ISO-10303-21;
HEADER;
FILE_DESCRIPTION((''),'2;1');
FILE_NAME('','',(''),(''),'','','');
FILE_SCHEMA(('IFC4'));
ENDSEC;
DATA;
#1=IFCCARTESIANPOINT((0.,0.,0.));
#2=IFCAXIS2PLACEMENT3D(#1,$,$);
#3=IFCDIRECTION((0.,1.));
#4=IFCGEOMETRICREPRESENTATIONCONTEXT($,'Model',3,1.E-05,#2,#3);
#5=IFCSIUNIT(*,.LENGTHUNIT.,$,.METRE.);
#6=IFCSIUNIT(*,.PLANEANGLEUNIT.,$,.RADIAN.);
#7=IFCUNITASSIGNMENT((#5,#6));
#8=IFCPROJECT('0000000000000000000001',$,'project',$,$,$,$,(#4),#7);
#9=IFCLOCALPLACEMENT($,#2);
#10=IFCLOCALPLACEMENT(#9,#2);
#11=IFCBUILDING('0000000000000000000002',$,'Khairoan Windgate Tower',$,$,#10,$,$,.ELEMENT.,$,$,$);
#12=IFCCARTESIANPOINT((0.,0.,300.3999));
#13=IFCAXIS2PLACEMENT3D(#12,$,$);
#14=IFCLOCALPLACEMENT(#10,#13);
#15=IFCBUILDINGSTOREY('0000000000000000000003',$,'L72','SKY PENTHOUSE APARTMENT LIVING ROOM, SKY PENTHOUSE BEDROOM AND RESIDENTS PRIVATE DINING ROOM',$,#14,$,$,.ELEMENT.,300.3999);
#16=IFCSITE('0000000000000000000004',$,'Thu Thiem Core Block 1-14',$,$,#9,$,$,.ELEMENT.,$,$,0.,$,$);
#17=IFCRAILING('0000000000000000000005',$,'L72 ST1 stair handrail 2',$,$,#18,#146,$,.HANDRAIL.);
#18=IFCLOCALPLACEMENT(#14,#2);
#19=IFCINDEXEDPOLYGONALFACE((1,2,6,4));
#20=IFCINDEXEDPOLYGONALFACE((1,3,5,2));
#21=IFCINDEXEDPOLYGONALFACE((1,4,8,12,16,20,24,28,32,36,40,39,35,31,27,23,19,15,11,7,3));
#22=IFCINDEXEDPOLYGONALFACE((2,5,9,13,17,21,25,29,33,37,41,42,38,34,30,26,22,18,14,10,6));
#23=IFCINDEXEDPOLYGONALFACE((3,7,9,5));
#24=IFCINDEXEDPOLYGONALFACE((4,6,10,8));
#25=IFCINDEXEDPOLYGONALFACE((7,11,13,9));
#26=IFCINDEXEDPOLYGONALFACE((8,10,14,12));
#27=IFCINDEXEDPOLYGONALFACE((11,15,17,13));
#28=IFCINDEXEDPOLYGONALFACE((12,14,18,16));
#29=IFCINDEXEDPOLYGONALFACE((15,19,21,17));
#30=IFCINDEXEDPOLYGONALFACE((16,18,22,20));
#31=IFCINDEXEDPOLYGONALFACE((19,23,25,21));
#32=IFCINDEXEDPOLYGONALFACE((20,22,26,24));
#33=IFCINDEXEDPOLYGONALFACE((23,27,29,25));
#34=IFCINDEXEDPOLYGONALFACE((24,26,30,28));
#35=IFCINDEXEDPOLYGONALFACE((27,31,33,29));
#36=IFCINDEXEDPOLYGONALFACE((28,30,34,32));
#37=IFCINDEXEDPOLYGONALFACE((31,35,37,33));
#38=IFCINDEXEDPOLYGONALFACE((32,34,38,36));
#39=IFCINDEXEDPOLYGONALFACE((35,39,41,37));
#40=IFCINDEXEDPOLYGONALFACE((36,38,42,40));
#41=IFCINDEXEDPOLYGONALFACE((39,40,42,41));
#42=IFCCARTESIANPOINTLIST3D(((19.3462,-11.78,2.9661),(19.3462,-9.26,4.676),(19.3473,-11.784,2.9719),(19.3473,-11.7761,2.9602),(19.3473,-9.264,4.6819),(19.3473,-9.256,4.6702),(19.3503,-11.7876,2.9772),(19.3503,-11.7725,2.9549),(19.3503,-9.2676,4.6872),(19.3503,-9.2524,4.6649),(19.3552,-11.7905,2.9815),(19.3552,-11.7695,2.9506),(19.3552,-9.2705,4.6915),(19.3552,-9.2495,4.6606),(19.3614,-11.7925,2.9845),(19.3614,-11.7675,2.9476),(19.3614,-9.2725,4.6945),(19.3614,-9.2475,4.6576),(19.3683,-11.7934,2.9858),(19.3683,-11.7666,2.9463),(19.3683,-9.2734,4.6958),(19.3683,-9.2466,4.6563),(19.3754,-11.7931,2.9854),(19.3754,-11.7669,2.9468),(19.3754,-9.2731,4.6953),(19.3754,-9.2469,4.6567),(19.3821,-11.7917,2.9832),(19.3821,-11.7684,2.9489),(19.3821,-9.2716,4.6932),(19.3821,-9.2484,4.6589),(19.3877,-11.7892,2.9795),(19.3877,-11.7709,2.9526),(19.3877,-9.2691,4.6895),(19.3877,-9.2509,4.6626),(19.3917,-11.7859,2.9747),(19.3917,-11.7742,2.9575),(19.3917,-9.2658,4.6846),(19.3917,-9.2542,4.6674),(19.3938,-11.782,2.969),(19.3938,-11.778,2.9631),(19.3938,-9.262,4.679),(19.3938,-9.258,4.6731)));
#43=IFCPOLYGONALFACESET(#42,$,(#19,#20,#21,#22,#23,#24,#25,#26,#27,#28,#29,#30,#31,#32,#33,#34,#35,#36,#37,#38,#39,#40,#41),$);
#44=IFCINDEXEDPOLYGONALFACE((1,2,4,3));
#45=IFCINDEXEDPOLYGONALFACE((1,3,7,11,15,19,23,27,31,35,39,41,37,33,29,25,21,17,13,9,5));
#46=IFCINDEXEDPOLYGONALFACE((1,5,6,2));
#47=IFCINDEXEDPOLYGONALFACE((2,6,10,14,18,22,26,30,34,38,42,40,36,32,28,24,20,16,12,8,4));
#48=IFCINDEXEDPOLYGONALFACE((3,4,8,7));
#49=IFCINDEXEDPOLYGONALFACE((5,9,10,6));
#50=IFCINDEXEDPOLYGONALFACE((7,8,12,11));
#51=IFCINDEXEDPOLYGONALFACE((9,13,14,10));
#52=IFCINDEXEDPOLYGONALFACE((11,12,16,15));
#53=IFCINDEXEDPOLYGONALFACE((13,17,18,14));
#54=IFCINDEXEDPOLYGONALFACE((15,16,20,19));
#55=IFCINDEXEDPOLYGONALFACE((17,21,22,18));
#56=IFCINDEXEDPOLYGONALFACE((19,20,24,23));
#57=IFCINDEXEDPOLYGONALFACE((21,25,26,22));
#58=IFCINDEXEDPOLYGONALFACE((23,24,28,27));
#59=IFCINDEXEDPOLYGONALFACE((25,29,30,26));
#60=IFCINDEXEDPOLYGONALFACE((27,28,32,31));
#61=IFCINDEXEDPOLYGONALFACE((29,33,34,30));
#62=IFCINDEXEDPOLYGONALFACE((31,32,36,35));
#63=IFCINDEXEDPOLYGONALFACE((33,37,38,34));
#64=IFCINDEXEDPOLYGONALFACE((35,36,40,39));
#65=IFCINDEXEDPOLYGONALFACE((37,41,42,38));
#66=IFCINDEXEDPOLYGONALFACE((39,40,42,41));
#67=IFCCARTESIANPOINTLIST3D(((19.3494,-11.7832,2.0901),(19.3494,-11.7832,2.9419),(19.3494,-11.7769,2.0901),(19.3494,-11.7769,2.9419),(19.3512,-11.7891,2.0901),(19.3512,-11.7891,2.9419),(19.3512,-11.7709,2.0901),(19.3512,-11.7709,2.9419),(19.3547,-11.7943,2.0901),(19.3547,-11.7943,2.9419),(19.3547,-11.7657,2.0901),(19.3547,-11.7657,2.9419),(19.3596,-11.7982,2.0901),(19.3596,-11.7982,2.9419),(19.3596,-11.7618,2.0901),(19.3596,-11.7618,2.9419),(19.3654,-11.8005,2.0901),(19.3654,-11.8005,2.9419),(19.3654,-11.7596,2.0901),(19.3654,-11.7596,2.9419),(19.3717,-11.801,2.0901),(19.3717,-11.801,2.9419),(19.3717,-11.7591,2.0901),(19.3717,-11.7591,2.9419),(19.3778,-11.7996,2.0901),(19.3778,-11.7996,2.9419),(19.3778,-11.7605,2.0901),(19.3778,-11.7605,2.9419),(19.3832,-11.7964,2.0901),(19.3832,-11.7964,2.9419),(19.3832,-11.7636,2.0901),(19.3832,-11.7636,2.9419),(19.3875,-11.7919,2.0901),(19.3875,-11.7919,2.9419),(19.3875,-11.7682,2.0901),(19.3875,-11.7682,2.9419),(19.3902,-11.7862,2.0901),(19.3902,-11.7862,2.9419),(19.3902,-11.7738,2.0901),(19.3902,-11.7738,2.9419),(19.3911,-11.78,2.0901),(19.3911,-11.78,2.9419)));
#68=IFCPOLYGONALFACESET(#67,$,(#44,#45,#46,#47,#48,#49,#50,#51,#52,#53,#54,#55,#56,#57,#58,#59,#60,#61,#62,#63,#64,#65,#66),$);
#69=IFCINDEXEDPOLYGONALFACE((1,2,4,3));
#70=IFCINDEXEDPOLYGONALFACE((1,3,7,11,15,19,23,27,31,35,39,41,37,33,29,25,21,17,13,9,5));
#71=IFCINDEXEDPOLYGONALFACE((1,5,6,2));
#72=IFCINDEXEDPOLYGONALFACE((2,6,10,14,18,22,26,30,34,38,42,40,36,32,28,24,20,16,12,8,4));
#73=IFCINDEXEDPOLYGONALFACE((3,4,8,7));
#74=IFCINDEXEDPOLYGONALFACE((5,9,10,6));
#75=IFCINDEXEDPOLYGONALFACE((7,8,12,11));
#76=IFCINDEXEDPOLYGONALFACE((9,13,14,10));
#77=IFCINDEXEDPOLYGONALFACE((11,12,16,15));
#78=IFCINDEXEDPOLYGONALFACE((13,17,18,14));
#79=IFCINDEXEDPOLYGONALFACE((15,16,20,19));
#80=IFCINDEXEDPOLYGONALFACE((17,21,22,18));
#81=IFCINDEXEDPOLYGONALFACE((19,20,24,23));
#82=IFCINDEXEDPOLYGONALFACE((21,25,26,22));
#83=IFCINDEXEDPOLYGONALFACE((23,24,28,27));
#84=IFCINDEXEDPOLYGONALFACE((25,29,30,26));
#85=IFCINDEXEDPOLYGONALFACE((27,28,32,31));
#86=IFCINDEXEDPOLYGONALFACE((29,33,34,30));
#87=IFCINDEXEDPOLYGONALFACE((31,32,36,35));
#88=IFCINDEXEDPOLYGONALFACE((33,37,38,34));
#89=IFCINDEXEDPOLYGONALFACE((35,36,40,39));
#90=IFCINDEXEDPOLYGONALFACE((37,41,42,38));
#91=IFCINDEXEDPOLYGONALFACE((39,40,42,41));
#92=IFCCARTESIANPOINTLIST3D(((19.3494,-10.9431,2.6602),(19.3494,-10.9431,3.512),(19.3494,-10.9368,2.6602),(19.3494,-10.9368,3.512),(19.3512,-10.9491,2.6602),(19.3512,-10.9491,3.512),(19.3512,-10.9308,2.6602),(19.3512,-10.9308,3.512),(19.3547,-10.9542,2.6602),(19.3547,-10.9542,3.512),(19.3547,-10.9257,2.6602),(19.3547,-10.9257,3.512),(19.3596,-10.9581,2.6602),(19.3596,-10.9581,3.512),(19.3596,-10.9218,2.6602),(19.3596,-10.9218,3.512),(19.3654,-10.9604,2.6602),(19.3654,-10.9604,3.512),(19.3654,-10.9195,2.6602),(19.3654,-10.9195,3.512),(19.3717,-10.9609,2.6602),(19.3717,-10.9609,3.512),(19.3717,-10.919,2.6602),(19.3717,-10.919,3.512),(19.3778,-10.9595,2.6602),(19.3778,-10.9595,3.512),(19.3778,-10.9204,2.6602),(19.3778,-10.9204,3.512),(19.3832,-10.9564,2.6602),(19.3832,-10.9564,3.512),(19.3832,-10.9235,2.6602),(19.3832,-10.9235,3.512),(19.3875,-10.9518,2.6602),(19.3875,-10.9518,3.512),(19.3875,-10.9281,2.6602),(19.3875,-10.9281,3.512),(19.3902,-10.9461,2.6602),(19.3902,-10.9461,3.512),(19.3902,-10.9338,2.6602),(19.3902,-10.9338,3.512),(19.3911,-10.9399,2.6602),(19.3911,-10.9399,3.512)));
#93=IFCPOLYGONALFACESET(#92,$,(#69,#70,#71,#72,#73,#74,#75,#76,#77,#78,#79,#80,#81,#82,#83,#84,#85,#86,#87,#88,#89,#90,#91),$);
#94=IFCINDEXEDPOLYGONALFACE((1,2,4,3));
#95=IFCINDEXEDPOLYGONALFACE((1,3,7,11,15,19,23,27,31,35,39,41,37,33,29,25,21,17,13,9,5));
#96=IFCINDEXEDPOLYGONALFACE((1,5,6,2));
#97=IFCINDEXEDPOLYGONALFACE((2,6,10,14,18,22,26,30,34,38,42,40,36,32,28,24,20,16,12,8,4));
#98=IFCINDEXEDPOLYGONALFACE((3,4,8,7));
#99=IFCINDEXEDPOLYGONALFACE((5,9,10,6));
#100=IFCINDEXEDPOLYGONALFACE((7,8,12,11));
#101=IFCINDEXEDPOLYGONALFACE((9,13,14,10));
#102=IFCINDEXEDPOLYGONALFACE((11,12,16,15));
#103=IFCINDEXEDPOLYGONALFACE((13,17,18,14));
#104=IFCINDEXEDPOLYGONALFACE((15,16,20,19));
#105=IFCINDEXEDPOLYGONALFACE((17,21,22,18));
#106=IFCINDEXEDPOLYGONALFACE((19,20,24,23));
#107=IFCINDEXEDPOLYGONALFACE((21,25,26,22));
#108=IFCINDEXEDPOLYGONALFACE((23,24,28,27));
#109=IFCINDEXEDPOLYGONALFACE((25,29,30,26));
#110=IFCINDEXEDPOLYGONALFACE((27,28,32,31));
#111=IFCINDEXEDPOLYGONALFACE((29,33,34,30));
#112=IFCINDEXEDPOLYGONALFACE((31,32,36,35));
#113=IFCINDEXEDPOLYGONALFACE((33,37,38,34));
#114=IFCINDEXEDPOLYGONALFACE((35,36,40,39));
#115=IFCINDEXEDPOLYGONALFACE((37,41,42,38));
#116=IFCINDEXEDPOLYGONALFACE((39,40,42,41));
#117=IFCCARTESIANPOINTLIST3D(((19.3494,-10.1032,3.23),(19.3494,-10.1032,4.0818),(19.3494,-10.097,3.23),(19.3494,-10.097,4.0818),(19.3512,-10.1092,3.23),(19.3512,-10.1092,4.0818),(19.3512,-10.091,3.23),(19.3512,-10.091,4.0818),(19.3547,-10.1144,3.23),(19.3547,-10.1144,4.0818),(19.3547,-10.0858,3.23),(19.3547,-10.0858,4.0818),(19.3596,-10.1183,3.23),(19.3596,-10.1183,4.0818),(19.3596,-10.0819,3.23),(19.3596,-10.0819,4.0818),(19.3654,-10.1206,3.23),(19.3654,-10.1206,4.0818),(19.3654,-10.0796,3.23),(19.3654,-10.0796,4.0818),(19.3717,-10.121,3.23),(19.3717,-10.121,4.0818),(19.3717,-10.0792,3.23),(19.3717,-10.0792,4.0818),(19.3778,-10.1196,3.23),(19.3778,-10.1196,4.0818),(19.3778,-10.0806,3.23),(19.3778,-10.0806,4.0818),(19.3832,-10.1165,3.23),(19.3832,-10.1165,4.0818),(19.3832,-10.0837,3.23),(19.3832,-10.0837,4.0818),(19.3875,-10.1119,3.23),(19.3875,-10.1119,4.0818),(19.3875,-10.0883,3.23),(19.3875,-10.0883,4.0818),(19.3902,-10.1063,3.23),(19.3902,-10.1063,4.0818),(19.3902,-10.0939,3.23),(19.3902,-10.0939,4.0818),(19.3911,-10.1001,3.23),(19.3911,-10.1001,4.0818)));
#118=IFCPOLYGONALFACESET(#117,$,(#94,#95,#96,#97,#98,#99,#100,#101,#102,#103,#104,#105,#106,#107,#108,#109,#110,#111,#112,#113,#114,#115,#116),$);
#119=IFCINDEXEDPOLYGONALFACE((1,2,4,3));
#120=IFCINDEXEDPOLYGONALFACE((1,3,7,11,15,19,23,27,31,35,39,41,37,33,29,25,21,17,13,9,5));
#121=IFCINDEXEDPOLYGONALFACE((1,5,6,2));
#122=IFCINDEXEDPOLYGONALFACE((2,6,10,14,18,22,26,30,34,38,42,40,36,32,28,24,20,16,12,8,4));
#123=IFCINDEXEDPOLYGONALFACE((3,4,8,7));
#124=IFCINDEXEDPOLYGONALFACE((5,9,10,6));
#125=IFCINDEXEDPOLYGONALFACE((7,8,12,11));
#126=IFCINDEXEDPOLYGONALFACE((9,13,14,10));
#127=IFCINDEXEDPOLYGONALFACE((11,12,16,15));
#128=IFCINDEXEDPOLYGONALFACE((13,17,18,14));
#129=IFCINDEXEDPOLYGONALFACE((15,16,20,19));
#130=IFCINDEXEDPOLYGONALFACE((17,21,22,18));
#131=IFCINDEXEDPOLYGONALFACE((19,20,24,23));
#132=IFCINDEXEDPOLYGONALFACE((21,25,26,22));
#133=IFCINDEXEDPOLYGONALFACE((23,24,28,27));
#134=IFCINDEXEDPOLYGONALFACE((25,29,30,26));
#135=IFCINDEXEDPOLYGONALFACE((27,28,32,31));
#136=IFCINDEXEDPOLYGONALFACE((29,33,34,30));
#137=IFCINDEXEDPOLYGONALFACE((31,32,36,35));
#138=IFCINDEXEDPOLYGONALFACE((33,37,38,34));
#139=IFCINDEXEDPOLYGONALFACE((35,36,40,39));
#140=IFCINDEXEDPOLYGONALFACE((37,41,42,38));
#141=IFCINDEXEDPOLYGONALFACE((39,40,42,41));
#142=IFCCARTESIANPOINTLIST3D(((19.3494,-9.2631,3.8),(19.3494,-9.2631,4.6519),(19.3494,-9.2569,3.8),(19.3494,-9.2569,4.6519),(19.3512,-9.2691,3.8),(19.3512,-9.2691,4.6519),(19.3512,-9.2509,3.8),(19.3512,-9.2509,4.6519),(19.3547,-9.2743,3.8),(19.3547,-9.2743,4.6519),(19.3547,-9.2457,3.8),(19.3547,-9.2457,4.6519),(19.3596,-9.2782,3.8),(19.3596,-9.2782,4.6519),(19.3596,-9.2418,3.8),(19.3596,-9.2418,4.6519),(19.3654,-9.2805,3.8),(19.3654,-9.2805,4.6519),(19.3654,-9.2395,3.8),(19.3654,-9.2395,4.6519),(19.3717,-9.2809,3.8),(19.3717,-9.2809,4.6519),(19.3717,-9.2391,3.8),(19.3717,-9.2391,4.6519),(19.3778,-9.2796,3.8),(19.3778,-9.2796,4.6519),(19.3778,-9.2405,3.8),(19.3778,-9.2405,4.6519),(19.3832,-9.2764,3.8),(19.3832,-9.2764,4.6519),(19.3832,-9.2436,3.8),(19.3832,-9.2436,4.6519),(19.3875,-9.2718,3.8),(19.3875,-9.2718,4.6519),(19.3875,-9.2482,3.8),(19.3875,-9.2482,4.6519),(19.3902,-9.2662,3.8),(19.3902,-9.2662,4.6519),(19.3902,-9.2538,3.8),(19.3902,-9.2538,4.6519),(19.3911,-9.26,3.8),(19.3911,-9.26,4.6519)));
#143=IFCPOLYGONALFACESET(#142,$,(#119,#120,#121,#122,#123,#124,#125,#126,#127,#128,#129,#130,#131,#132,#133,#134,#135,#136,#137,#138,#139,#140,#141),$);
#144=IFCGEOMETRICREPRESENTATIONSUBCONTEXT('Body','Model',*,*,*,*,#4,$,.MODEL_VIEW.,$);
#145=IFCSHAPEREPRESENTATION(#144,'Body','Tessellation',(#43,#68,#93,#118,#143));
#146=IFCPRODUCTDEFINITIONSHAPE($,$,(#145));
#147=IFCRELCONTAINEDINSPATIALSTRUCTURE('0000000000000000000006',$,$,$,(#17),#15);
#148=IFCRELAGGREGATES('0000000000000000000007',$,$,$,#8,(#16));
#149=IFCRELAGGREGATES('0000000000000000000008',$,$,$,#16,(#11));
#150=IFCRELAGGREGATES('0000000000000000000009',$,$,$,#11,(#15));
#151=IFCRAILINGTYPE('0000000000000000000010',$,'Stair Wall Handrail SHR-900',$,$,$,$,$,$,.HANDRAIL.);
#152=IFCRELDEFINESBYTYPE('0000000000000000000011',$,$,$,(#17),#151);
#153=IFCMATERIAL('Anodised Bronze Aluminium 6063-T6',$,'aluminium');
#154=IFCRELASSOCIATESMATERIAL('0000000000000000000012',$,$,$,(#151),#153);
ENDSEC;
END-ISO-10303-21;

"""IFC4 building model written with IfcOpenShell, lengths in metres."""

from ifc_helpers import new_model, si_unit, direction, frame, origin, origin_2d, place, context, subcontext, project, spatial, circle, extrude, material, type_object, element, save


model = new_model("IFC4")

# Units and contexts
model_context = context("Model", 3, precision=1e-05, world=origin(), true_north=direction((0.0, 1.0)))
body_context = subcontext(model_context, "Body", "Model", "MODEL_VIEW")
ifc_project = project(units=[si_unit("LENGTHUNIT", "METRE"), si_unit("PLANEANGLEUNIT", "RADIAN")], contexts=[model_context])

# Site, building, storey
site_placement = place(None, origin())
site = spatial("IfcSite", under=ifc_project, at=site_placement, Name="Thu Thiem Core Block 1-14", CompositionType="ELEMENT", RefElevation=0.0)
building_placement = place(site_placement, origin())
building = spatial("IfcBuilding", under=site, at=building_placement, Name="Khairoan Windgate Tower", CompositionType="ELEMENT")
storey_placement = place(building_placement, frame((0.0, 0.0, 300.3999)))
storey = spatial("IfcBuildingStorey", under=building, at=storey_placement, Name="L72", Description="SKY PENTHOUSE APARTMENT LIVING ROOM, SKY PENTHOUSE BEDROOM AND RESIDENTS PRIVATE DINING ROOM", CompositionType="ELEMENT", Elevation=300.3999)

# Railing
ifc_material_1 = material(Name="Anodised Bronze Aluminium 6063-T6", Category="aluminium")
railing_type_1 = type_object("IfcRailingType", Name="Stair Wall Handrail SHR-900", PredefinedType="HANDRAIL", material=ifc_material_1)
railing_1_placement = place(storey_placement, frame((19.3701, -11.78, 2.0901)))
element("IfcRailing", 1, at=railing_1_placement, inside=storey, type_object=railing_type_1, Name="L72 ST1 stair handrail 2", PredefinedType="HANDRAIL", context=body_context, shape_type="SweptSolid", body=[
    extrude(circle(Radius=0.0239, at=origin_2d()), frame((0.0, 0.0, 0.876), z_axis=(0.0, 0.827484, 0.56149), x_axis=(-1.0, 0.0, 0.0)), (0.0, 0.0, 1.0), 3.0454),
    extrude(circle(Radius=0.021, at=origin_2d()), origin(), (0.0, 0.0, 1.0), 0.8518),
    extrude(circle(Radius=0.021, at=origin_2d()), frame((0.0, 0.8401, 0.5701)), (0.0, 0.0, 1.0), 0.8518),
    extrude(circle(Radius=0.021, at=origin_2d()), frame((0.0, 1.6799, 1.1399)), (0.0, 0.0, 1.0), 0.8518),
    extrude(circle(Radius=0.021, at=origin_2d()), frame((0.0, 2.52, 1.71)), (0.0, 0.0, 1.0), 0.8518),
])

save(model, "model.ifc")
